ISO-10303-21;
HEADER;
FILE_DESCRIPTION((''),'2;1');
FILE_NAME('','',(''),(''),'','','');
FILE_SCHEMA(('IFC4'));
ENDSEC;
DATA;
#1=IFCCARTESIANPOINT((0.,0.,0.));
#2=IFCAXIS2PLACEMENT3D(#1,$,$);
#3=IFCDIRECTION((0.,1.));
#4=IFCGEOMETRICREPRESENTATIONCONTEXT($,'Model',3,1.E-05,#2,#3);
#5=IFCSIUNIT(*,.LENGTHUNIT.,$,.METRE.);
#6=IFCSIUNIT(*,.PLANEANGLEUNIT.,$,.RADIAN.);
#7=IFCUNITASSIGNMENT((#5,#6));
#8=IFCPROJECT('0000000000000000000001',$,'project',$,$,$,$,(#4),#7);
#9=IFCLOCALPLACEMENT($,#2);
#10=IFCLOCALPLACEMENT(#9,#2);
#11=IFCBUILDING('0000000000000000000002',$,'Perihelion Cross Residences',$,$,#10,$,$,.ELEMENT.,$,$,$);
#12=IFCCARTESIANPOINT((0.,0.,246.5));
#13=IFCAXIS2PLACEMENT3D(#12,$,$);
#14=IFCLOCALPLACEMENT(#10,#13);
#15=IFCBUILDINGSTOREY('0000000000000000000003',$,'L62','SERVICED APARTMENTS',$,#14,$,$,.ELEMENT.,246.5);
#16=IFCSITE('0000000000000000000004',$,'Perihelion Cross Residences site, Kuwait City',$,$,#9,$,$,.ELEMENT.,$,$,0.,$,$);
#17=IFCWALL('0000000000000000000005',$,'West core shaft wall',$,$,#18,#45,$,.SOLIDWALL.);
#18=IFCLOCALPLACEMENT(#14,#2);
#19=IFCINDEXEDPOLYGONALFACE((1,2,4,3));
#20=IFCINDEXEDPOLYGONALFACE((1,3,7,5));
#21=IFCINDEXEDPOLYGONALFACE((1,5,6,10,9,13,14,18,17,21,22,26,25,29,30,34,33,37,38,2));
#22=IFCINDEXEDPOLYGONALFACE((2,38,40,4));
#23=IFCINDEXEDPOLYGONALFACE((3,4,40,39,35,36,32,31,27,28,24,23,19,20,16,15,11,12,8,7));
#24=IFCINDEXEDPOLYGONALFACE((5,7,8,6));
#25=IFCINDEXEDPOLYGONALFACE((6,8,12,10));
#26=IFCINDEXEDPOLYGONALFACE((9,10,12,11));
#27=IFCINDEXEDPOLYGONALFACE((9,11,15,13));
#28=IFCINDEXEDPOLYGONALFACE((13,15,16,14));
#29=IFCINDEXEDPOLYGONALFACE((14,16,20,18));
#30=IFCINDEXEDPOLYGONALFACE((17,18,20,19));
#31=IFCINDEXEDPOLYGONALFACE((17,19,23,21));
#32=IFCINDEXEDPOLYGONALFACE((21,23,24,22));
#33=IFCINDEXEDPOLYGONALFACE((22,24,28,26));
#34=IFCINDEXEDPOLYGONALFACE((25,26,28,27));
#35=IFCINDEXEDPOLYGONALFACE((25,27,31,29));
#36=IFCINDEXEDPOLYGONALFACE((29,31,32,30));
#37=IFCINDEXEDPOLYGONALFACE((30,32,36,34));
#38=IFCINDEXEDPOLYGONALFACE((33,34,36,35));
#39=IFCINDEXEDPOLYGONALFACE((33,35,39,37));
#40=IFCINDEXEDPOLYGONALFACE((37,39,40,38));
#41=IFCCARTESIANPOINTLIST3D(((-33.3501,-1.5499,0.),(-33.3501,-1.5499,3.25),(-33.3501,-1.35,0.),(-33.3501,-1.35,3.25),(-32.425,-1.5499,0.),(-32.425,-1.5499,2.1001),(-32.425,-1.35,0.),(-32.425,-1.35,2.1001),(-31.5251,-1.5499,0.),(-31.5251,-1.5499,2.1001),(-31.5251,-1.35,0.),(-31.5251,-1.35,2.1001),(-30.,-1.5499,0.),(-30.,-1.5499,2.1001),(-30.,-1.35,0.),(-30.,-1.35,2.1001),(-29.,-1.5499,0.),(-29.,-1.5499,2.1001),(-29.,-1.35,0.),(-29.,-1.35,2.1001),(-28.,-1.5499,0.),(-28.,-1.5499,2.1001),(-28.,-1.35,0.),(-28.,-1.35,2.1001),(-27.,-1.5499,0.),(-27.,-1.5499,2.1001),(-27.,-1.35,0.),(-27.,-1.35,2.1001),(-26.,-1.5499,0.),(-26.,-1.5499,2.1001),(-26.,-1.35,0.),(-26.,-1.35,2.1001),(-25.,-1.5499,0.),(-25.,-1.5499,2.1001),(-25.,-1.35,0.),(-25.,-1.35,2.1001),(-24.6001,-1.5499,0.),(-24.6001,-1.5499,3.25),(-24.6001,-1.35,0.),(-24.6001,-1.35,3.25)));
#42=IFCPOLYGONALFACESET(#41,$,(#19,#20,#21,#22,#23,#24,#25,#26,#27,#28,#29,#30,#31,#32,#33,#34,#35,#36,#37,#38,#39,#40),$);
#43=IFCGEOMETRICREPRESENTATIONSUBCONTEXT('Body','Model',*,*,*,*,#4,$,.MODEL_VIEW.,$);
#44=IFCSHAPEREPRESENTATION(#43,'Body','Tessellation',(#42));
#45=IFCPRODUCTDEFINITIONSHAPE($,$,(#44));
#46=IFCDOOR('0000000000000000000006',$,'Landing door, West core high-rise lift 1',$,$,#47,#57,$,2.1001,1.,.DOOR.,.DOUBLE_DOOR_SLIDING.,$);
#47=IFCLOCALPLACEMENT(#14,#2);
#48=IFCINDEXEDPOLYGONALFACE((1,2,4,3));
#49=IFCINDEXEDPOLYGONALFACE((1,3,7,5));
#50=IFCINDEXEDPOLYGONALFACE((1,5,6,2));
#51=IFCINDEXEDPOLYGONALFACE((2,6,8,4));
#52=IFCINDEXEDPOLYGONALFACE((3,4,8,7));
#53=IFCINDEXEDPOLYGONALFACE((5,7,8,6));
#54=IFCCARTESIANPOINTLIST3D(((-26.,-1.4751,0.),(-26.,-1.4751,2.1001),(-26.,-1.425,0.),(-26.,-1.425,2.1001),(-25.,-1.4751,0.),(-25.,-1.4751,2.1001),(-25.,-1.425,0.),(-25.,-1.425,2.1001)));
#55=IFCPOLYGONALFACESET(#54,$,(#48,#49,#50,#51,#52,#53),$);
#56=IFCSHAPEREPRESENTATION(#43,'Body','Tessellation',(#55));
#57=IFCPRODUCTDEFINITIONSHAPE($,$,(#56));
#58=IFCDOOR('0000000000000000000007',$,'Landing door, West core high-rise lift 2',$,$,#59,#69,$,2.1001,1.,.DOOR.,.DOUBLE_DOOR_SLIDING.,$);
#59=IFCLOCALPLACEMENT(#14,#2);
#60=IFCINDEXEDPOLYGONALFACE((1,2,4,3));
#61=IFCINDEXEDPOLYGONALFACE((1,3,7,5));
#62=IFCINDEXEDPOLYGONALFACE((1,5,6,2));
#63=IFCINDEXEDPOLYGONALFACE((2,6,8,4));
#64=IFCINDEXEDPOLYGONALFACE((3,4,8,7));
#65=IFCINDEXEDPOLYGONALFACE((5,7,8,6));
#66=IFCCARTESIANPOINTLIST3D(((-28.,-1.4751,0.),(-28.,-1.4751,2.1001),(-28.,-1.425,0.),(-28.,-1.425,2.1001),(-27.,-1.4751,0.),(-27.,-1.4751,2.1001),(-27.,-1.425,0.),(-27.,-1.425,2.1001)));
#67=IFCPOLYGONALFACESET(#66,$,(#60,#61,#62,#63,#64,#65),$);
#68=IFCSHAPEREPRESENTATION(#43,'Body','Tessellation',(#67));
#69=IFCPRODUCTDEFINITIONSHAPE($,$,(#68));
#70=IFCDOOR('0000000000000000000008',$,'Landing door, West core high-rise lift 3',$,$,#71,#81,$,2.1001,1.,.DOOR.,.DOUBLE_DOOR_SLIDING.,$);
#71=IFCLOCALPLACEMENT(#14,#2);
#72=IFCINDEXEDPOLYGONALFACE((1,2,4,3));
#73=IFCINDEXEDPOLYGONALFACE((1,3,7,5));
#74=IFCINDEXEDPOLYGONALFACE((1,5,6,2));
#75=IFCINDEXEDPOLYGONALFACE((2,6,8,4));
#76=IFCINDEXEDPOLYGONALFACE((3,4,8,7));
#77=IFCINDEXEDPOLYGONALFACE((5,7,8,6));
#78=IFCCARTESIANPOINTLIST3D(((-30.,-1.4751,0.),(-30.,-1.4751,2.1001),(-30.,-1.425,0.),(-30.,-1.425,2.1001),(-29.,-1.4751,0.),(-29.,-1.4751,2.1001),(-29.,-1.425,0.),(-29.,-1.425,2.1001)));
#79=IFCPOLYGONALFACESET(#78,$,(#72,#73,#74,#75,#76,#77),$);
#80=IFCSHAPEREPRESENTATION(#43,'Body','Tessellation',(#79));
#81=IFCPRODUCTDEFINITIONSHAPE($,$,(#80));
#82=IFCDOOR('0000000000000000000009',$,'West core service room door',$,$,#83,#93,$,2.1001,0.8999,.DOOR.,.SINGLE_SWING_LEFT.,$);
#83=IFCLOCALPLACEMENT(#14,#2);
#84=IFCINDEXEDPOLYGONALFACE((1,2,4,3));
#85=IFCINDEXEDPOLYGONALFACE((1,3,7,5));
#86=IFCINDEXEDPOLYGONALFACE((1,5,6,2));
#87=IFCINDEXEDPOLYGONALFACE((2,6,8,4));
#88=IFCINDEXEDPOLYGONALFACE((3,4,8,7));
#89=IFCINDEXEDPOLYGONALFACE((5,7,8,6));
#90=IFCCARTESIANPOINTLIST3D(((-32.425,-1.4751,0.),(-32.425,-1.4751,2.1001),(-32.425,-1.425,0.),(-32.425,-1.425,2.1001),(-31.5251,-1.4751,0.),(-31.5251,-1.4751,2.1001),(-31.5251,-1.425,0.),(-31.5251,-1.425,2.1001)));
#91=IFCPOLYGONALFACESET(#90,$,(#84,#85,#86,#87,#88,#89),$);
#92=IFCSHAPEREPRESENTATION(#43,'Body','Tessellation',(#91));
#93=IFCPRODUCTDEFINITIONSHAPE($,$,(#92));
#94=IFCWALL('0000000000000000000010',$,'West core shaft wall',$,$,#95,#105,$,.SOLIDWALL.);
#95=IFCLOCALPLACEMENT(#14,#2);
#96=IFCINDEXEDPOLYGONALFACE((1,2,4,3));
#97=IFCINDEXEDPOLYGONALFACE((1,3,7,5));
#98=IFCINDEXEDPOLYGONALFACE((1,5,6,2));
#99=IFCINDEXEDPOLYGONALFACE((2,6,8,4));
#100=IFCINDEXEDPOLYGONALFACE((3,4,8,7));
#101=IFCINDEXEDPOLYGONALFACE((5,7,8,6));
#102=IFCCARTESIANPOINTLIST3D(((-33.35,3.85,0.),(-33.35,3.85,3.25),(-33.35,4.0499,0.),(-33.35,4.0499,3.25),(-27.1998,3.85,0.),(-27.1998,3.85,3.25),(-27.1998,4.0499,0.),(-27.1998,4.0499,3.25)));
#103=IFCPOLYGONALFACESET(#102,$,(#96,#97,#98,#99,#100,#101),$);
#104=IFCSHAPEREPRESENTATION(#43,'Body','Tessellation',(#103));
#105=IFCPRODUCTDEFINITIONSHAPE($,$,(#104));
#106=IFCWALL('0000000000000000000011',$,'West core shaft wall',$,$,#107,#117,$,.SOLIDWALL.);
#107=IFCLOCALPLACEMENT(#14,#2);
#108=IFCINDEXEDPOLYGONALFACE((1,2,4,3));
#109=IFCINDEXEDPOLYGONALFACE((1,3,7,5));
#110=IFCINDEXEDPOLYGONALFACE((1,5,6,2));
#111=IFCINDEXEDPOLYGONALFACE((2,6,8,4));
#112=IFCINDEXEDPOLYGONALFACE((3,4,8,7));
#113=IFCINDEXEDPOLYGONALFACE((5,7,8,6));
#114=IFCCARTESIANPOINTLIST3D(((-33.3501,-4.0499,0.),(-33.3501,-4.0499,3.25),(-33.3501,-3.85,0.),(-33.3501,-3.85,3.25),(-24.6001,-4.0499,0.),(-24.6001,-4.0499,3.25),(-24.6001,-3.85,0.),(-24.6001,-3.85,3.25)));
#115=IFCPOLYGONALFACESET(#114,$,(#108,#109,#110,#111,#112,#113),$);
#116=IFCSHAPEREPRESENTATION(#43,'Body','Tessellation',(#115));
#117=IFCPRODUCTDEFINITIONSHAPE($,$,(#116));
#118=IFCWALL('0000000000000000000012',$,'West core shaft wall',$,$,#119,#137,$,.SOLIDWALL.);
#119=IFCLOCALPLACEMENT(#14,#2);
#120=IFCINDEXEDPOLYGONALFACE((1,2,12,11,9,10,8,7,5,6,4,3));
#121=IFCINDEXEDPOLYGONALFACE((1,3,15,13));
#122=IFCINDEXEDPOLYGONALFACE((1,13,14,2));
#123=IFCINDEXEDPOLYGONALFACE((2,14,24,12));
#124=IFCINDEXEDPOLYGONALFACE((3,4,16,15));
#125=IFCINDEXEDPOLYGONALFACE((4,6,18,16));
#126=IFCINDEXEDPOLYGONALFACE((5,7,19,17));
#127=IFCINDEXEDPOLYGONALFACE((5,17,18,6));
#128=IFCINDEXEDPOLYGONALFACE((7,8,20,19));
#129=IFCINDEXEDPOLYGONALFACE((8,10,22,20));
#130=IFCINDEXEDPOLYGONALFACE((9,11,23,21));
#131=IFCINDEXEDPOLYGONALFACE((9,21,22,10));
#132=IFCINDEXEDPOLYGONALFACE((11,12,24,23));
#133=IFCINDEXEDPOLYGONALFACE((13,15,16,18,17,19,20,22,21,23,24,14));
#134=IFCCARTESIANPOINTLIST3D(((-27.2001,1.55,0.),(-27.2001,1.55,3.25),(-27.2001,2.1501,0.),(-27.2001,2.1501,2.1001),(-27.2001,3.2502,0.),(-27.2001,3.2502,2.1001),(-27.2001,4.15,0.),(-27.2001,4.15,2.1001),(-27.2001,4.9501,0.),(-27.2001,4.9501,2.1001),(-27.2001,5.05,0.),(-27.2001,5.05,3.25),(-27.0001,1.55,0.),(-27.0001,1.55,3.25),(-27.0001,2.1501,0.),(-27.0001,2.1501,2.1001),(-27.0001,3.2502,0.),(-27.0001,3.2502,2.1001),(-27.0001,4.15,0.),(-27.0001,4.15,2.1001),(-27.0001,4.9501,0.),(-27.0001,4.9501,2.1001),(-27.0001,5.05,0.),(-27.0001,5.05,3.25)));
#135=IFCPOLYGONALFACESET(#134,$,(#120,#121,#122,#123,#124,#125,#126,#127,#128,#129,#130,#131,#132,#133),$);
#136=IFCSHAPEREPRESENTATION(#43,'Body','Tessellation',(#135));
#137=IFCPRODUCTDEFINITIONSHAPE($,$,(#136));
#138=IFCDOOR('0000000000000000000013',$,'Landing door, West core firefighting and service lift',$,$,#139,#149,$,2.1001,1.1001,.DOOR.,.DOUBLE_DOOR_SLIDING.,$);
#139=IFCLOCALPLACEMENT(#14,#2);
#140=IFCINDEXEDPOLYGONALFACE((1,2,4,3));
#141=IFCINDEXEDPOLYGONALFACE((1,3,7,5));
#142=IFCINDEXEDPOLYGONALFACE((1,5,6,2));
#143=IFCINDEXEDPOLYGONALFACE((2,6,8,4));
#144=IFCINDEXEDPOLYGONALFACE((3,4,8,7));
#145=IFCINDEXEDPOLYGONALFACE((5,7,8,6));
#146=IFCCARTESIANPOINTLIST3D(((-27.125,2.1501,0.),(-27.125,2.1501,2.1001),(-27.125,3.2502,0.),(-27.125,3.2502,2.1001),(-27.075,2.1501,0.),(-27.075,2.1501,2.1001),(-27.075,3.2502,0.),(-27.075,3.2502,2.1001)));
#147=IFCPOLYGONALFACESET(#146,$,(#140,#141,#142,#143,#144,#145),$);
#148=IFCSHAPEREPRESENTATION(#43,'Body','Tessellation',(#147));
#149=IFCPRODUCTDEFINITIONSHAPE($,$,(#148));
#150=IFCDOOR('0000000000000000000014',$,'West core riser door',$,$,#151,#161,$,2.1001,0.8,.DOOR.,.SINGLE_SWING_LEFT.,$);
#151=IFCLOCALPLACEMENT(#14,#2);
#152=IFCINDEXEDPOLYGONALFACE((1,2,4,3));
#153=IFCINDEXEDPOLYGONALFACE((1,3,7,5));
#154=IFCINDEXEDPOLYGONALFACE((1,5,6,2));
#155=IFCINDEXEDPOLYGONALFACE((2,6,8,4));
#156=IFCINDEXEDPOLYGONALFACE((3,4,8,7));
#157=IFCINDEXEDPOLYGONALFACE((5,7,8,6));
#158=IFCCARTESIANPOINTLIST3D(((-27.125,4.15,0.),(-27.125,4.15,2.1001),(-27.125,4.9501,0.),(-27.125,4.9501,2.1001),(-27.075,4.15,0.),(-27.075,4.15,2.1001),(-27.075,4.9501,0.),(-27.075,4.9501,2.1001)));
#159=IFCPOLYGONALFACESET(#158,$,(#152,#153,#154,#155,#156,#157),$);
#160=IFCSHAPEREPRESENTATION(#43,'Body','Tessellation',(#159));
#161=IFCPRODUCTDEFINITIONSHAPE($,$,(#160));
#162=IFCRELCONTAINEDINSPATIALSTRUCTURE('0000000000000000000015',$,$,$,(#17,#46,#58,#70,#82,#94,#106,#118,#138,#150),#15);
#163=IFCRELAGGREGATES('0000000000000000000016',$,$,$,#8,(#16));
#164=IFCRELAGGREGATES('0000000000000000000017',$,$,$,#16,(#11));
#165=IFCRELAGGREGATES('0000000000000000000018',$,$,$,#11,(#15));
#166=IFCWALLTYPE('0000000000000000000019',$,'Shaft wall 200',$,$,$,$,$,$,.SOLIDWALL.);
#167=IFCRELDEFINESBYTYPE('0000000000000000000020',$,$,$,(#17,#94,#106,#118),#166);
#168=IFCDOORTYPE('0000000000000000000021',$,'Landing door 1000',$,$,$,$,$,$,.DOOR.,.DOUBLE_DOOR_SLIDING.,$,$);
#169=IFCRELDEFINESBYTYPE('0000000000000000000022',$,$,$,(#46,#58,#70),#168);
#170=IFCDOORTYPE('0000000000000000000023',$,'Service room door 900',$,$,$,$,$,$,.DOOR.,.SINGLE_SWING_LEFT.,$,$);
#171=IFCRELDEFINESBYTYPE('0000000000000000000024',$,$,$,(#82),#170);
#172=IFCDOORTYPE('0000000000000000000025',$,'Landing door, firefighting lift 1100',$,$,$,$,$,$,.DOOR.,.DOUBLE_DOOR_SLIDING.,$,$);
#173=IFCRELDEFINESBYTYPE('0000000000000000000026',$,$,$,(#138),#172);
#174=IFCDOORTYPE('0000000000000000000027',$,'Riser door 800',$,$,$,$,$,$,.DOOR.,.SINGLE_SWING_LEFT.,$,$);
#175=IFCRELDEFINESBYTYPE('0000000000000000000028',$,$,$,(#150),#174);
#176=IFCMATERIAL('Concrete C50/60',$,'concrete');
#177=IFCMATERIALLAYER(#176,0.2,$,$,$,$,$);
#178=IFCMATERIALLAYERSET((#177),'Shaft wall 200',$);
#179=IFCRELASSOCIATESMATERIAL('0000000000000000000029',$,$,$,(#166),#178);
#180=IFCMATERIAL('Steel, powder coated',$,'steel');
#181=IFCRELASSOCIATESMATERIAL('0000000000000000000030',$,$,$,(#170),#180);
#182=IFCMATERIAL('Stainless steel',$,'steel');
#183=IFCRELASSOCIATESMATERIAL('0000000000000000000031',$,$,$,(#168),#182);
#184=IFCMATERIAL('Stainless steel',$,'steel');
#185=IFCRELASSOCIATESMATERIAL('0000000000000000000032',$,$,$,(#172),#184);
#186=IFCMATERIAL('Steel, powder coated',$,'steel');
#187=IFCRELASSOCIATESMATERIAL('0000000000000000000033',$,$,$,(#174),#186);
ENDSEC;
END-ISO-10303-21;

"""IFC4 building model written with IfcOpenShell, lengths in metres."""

from ifc_helpers import new_model, si_unit, direction, frame, frame_2d, origin, place, context, subcontext, project, spatial, rectangle, extrude, material, layer, layer_set, type_object, element, fill, save


model = new_model("IFC4")

# Units and contexts
model_context = context("Model", 3, precision=1e-05, world=origin(), true_north=direction((0.0, 1.0)))
body_context = subcontext(model_context, "Body", "Model", "MODEL_VIEW")
ifc_project = project(units=[si_unit("LENGTHUNIT", "METRE"), si_unit("PLANEANGLEUNIT", "RADIAN")], contexts=[model_context])

# Site, building, storey
site_placement = place(None, origin())
site = spatial("IfcSite", under=ifc_project, at=site_placement, Name="Perihelion Cross Residences site, Kuwait City", CompositionType="ELEMENT", RefElevation=0.0)
building_placement = place(site_placement, origin())
building = spatial("IfcBuilding", under=site, at=building_placement, Name="Perihelion Cross Residences", CompositionType="ELEMENT")
storey_placement = place(building_placement, frame((0.0, 0.0, 246.5)))
storey = spatial("IfcBuildingStorey", under=building, at=storey_placement, Name="L62", Description="SERVICED APARTMENTS", CompositionType="ELEMENT", Elevation=246.5)

# Wall, openings, doors
ifc_material_1 = material(Name="Concrete C50/60", Category="concrete")
ifc_layer_1 = layer(ifc_material_1, 0.2)
ifc_layer_set_1 = layer_set([ifc_layer_1], Name="Shaft wall 200")
wall_type_1 = type_object("IfcWallType", Name="Shaft wall 200", PredefinedType="SOLIDWALL", material=ifc_layer_set_1)
ifc_material_2 = material(Name="Steel, powder coated", Category="steel")
door_type_1 = type_object("IfcDoorType", Name="Service room door 900", OperationType="SINGLE_SWING_LEFT", PredefinedType="DOOR", material=ifc_material_2)
wall_1_placement = place(storey_placement, frame((-33.3501, -1.45, 0.0), z_axis=(0.0, 0.0, 1.0), x_axis=(1.0, 0.0, 0.0)))
wall_1 = element("IfcWall", 1, at=wall_1_placement, inside=storey, type_object=wall_type_1, Name="West core shaft wall", PredefinedType="SOLIDWALL", context=body_context, shape_type="SweptSolid", body=[
    extrude(rectangle(XDim=8.75, YDim=0.2, at=frame_2d((4.375, 0.0))), origin(), (0.0, 0.0, 1.0), 3.25),
])
opening_1_placement = place(wall_1_placement, frame((7.3501, 0.0, 0.0)))
opening_1 = element("IfcOpeningElement", 2, at=opening_1_placement, cuts=wall_1, PredefinedType="OPENING", context=body_context, shape_type="SweptSolid", body=[
    extrude(rectangle(XDim=1.0, YDim=2.1001, at=frame_2d((0.5, 1.05))), frame((0.0, 0.1099, 0.0), z_axis=(0.0, -1.0, 0.0), x_axis=(1.0, 0.0, 0.0)), (0.0, 0.0, 1.0), 0.22),
])
opening_2_placement = place(wall_1_placement, frame((5.3501, 0.0, 0.0)))
opening_2 = element("IfcOpeningElement", 3, at=opening_2_placement, cuts=wall_1, PredefinedType="OPENING", context=body_context, shape_type="SweptSolid", body=[
    extrude(rectangle(XDim=1.0, YDim=2.1001, at=frame_2d((0.5, 1.05))), frame((0.0, 0.1099, 0.0), z_axis=(0.0, -1.0, 0.0), x_axis=(1.0, 0.0, 0.0)), (0.0, 0.0, 1.0), 0.22),
])
opening_3_placement = place(wall_1_placement, frame((3.3501, 0.0, 0.0)))
opening_3 = element("IfcOpeningElement", 4, at=opening_3_placement, cuts=wall_1, PredefinedType="OPENING", context=body_context, shape_type="SweptSolid", body=[
    extrude(rectangle(XDim=1.0, YDim=2.1001, at=frame_2d((0.5, 1.05))), frame((0.0, 0.1099, 0.0), z_axis=(0.0, -1.0, 0.0), x_axis=(1.0, 0.0, 0.0)), (0.0, 0.0, 1.0), 0.22),
])
opening_4_placement = place(wall_1_placement, frame((0.925, 0.0, 0.0)))
opening_4 = element("IfcOpeningElement", 5, at=opening_4_placement, cuts=wall_1, PredefinedType="OPENING", context=body_context, shape_type="SweptSolid", body=[
    extrude(rectangle(XDim=0.8999, YDim=2.1001, at=frame_2d((0.45, 1.05))), frame((0.0, 0.1099, 0.0), z_axis=(0.0, -1.0, 0.0), x_axis=(1.0, 0.0, 0.0)), (0.0, 0.0, 1.0), 0.22),
])
ifc_material_3 = material(Name="Stainless steel", Category="steel")
door_type_2 = type_object("IfcDoorType", Name="Landing door 1000", OperationType="DOUBLE_DOOR_SLIDING", PredefinedType="DOOR", material=ifc_material_3)
door_1_placement = place(opening_1_placement, origin())
door_1 = element("IfcDoor", 6, at=door_1_placement, inside=storey, type_object=door_type_2, Name="Landing door, West core high-rise lift 1", OperationType="DOUBLE_DOOR_SLIDING", OverallHeight=2.1001, OverallWidth=1.0, PredefinedType="DOOR", context=body_context, shape_type="SweptSolid", body=[
    extrude(rectangle(XDim=1.0, YDim=2.1001, at=frame_2d((0.5, 1.05))), frame((0.0, 0.0249, 0.0), z_axis=(0.0, -1.0, 0.0), x_axis=(1.0, 0.0, 0.0)), (0.0, 0.0, 1.0), 0.05),
])
fill(opening_1, door_1)
door_2_placement = place(opening_2_placement, origin())
door_2 = element("IfcDoor", 7, at=door_2_placement, inside=storey, type_object=door_type_2, Name="Landing door, West core high-rise lift 2", OperationType="DOUBLE_DOOR_SLIDING", OverallHeight=2.1001, OverallWidth=1.0, PredefinedType="DOOR", context=body_context, shape_type="SweptSolid", body=[
    extrude(rectangle(XDim=1.0, YDim=2.1001, at=frame_2d((0.5, 1.05))), frame((0.0, 0.0249, 0.0), z_axis=(0.0, -1.0, 0.0), x_axis=(1.0, 0.0, 0.0)), (0.0, 0.0, 1.0), 0.05),
])
fill(opening_2, door_2)
door_3_placement = place(opening_3_placement, origin())
door_3 = element("IfcDoor", 8, at=door_3_placement, inside=storey, type_object=door_type_2, Name="Landing door, West core high-rise lift 3", OperationType="DOUBLE_DOOR_SLIDING", OverallHeight=2.1001, OverallWidth=1.0, PredefinedType="DOOR", context=body_context, shape_type="SweptSolid", body=[
    extrude(rectangle(XDim=1.0, YDim=2.1001, at=frame_2d((0.5, 1.05))), frame((0.0, 0.0249, 0.0), z_axis=(0.0, -1.0, 0.0), x_axis=(1.0, 0.0, 0.0)), (0.0, 0.0, 1.0), 0.05),
])
fill(opening_3, door_3)
door_4_placement = place(opening_4_placement, origin())
door_4 = element("IfcDoor", 9, at=door_4_placement, inside=storey, type_object=door_type_1, Name="West core service room door", OperationType="SINGLE_SWING_LEFT", OverallHeight=2.1001, OverallWidth=0.8999, PredefinedType="DOOR", context=body_context, shape_type="SweptSolid", body=[
    extrude(rectangle(XDim=0.8999, YDim=2.1001, at=frame_2d((0.45, 1.05))), frame((0.0, 0.0249, 0.0), z_axis=(0.0, -1.0, 0.0), x_axis=(1.0, 0.0, 0.0)), (0.0, 0.0, 1.0), 0.05),
])
fill(opening_4, door_4)

# Walls
wall_2_placement = place(storey_placement, frame((-33.3501, 3.95, 0.0), z_axis=(0.0, 0.0, 1.0), x_axis=(1.0, 0.0, 0.0)))
element("IfcWall", 10, at=wall_2_placement, inside=storey, type_object=wall_type_1, Name="West core shaft wall", PredefinedType="SOLIDWALL", context=body_context, shape_type="SweptSolid", body=[
    extrude(rectangle(XDim=6.1501, YDim=0.2, at=frame_2d((3.0752, 0.0))), origin(), (0.0, 0.0, 1.0), 3.25),
])
wall_3_placement = place(storey_placement, frame((-33.3501, -3.95, 0.0), z_axis=(0.0, 0.0, 1.0), x_axis=(1.0, 0.0, 0.0)))
element("IfcWall", 11, at=wall_3_placement, inside=storey, type_object=wall_type_1, Name="West core shaft wall", PredefinedType="SOLIDWALL", context=body_context, shape_type="SweptSolid", body=[
    extrude(rectangle(XDim=8.75, YDim=0.2, at=frame_2d((4.375, 0.0))), origin(), (0.0, 0.0, 1.0), 3.25),
])

# Wall, openings, doors
wall_4_placement = place(storey_placement, frame((-27.1001, 1.55, 0.0), z_axis=(0.0, 0.0, 1.0), x_axis=(0.0, 1.0, 0.0)))
wall_4 = element("IfcWall", 12, at=wall_4_placement, inside=storey, type_object=wall_type_1, Name="West core shaft wall", PredefinedType="SOLIDWALL", context=body_context, shape_type="SweptSolid", body=[
    extrude(rectangle(XDim=3.5, YDim=0.2, at=frame_2d((1.75, 0.0))), origin(), (0.0, 0.0, 1.0), 3.25),
])
opening_5_placement = place(wall_4_placement, frame((0.6001, 0.0, 0.0)))
opening_5 = element("IfcOpeningElement", 13, at=opening_5_placement, cuts=wall_4, PredefinedType="OPENING", context=body_context, shape_type="SweptSolid", body=[
    extrude(rectangle(XDim=1.1001, YDim=2.1001, at=frame_2d((0.55, 1.05))), frame((0.0, 0.1099, 0.0), z_axis=(0.0, -1.0, 0.0), x_axis=(1.0, 0.0, 0.0)), (0.0, 0.0, 1.0), 0.22),
])
opening_6_placement = place(wall_4_placement, frame((2.6001, 0.0, 0.0)))
opening_6 = element("IfcOpeningElement", 14, at=opening_6_placement, cuts=wall_4, PredefinedType="OPENING", context=body_context, shape_type="SweptSolid", body=[
    extrude(rectangle(XDim=0.8, YDim=2.1001, at=frame_2d((0.3999, 1.05))), frame((0.0, 0.1099, 0.0), z_axis=(0.0, -1.0, 0.0), x_axis=(1.0, 0.0, 0.0)), (0.0, 0.0, 1.0), 0.22),
])
ifc_material_4 = material(Name="Stainless steel", Category="steel")
door_type_3 = type_object("IfcDoorType", Name="Landing door, firefighting lift 1100", OperationType="DOUBLE_DOOR_SLIDING", PredefinedType="DOOR", material=ifc_material_4)
door_5_placement = place(opening_5_placement, origin())
door_5 = element("IfcDoor", 15, at=door_5_placement, inside=storey, type_object=door_type_3, Name="Landing door, West core firefighting and service lift", OperationType="DOUBLE_DOOR_SLIDING", OverallHeight=2.1001, OverallWidth=1.1001, PredefinedType="DOOR", context=body_context, shape_type="SweptSolid", body=[
    extrude(rectangle(XDim=1.1001, YDim=2.1001, at=frame_2d((0.55, 1.05))), frame((0.0, 0.0249, 0.0), z_axis=(0.0, -1.0, 0.0), x_axis=(1.0, 0.0, 0.0)), (0.0, 0.0, 1.0), 0.05),
])
fill(opening_5, door_5)
ifc_material_5 = material(Name="Steel, powder coated", Category="steel")
door_type_4 = type_object("IfcDoorType", Name="Riser door 800", OperationType="SINGLE_SWING_LEFT", PredefinedType="DOOR", material=ifc_material_5)
door_6_placement = place(opening_6_placement, origin())
door_6 = element("IfcDoor", 16, at=door_6_placement, inside=storey, type_object=door_type_4, Name="West core riser door", OperationType="SINGLE_SWING_LEFT", OverallHeight=2.1001, OverallWidth=0.8, PredefinedType="DOOR", context=body_context, shape_type="SweptSolid", body=[
    extrude(rectangle(XDim=0.8, YDim=2.1001, at=frame_2d((0.3999, 1.05))), frame((0.0, 0.0249, 0.0), z_axis=(0.0, -1.0, 0.0), x_axis=(1.0, 0.0, 0.0)), (0.0, 0.0, 1.0), 0.05),
])
fill(opening_6, door_6)

save(model, "model.ifc")
